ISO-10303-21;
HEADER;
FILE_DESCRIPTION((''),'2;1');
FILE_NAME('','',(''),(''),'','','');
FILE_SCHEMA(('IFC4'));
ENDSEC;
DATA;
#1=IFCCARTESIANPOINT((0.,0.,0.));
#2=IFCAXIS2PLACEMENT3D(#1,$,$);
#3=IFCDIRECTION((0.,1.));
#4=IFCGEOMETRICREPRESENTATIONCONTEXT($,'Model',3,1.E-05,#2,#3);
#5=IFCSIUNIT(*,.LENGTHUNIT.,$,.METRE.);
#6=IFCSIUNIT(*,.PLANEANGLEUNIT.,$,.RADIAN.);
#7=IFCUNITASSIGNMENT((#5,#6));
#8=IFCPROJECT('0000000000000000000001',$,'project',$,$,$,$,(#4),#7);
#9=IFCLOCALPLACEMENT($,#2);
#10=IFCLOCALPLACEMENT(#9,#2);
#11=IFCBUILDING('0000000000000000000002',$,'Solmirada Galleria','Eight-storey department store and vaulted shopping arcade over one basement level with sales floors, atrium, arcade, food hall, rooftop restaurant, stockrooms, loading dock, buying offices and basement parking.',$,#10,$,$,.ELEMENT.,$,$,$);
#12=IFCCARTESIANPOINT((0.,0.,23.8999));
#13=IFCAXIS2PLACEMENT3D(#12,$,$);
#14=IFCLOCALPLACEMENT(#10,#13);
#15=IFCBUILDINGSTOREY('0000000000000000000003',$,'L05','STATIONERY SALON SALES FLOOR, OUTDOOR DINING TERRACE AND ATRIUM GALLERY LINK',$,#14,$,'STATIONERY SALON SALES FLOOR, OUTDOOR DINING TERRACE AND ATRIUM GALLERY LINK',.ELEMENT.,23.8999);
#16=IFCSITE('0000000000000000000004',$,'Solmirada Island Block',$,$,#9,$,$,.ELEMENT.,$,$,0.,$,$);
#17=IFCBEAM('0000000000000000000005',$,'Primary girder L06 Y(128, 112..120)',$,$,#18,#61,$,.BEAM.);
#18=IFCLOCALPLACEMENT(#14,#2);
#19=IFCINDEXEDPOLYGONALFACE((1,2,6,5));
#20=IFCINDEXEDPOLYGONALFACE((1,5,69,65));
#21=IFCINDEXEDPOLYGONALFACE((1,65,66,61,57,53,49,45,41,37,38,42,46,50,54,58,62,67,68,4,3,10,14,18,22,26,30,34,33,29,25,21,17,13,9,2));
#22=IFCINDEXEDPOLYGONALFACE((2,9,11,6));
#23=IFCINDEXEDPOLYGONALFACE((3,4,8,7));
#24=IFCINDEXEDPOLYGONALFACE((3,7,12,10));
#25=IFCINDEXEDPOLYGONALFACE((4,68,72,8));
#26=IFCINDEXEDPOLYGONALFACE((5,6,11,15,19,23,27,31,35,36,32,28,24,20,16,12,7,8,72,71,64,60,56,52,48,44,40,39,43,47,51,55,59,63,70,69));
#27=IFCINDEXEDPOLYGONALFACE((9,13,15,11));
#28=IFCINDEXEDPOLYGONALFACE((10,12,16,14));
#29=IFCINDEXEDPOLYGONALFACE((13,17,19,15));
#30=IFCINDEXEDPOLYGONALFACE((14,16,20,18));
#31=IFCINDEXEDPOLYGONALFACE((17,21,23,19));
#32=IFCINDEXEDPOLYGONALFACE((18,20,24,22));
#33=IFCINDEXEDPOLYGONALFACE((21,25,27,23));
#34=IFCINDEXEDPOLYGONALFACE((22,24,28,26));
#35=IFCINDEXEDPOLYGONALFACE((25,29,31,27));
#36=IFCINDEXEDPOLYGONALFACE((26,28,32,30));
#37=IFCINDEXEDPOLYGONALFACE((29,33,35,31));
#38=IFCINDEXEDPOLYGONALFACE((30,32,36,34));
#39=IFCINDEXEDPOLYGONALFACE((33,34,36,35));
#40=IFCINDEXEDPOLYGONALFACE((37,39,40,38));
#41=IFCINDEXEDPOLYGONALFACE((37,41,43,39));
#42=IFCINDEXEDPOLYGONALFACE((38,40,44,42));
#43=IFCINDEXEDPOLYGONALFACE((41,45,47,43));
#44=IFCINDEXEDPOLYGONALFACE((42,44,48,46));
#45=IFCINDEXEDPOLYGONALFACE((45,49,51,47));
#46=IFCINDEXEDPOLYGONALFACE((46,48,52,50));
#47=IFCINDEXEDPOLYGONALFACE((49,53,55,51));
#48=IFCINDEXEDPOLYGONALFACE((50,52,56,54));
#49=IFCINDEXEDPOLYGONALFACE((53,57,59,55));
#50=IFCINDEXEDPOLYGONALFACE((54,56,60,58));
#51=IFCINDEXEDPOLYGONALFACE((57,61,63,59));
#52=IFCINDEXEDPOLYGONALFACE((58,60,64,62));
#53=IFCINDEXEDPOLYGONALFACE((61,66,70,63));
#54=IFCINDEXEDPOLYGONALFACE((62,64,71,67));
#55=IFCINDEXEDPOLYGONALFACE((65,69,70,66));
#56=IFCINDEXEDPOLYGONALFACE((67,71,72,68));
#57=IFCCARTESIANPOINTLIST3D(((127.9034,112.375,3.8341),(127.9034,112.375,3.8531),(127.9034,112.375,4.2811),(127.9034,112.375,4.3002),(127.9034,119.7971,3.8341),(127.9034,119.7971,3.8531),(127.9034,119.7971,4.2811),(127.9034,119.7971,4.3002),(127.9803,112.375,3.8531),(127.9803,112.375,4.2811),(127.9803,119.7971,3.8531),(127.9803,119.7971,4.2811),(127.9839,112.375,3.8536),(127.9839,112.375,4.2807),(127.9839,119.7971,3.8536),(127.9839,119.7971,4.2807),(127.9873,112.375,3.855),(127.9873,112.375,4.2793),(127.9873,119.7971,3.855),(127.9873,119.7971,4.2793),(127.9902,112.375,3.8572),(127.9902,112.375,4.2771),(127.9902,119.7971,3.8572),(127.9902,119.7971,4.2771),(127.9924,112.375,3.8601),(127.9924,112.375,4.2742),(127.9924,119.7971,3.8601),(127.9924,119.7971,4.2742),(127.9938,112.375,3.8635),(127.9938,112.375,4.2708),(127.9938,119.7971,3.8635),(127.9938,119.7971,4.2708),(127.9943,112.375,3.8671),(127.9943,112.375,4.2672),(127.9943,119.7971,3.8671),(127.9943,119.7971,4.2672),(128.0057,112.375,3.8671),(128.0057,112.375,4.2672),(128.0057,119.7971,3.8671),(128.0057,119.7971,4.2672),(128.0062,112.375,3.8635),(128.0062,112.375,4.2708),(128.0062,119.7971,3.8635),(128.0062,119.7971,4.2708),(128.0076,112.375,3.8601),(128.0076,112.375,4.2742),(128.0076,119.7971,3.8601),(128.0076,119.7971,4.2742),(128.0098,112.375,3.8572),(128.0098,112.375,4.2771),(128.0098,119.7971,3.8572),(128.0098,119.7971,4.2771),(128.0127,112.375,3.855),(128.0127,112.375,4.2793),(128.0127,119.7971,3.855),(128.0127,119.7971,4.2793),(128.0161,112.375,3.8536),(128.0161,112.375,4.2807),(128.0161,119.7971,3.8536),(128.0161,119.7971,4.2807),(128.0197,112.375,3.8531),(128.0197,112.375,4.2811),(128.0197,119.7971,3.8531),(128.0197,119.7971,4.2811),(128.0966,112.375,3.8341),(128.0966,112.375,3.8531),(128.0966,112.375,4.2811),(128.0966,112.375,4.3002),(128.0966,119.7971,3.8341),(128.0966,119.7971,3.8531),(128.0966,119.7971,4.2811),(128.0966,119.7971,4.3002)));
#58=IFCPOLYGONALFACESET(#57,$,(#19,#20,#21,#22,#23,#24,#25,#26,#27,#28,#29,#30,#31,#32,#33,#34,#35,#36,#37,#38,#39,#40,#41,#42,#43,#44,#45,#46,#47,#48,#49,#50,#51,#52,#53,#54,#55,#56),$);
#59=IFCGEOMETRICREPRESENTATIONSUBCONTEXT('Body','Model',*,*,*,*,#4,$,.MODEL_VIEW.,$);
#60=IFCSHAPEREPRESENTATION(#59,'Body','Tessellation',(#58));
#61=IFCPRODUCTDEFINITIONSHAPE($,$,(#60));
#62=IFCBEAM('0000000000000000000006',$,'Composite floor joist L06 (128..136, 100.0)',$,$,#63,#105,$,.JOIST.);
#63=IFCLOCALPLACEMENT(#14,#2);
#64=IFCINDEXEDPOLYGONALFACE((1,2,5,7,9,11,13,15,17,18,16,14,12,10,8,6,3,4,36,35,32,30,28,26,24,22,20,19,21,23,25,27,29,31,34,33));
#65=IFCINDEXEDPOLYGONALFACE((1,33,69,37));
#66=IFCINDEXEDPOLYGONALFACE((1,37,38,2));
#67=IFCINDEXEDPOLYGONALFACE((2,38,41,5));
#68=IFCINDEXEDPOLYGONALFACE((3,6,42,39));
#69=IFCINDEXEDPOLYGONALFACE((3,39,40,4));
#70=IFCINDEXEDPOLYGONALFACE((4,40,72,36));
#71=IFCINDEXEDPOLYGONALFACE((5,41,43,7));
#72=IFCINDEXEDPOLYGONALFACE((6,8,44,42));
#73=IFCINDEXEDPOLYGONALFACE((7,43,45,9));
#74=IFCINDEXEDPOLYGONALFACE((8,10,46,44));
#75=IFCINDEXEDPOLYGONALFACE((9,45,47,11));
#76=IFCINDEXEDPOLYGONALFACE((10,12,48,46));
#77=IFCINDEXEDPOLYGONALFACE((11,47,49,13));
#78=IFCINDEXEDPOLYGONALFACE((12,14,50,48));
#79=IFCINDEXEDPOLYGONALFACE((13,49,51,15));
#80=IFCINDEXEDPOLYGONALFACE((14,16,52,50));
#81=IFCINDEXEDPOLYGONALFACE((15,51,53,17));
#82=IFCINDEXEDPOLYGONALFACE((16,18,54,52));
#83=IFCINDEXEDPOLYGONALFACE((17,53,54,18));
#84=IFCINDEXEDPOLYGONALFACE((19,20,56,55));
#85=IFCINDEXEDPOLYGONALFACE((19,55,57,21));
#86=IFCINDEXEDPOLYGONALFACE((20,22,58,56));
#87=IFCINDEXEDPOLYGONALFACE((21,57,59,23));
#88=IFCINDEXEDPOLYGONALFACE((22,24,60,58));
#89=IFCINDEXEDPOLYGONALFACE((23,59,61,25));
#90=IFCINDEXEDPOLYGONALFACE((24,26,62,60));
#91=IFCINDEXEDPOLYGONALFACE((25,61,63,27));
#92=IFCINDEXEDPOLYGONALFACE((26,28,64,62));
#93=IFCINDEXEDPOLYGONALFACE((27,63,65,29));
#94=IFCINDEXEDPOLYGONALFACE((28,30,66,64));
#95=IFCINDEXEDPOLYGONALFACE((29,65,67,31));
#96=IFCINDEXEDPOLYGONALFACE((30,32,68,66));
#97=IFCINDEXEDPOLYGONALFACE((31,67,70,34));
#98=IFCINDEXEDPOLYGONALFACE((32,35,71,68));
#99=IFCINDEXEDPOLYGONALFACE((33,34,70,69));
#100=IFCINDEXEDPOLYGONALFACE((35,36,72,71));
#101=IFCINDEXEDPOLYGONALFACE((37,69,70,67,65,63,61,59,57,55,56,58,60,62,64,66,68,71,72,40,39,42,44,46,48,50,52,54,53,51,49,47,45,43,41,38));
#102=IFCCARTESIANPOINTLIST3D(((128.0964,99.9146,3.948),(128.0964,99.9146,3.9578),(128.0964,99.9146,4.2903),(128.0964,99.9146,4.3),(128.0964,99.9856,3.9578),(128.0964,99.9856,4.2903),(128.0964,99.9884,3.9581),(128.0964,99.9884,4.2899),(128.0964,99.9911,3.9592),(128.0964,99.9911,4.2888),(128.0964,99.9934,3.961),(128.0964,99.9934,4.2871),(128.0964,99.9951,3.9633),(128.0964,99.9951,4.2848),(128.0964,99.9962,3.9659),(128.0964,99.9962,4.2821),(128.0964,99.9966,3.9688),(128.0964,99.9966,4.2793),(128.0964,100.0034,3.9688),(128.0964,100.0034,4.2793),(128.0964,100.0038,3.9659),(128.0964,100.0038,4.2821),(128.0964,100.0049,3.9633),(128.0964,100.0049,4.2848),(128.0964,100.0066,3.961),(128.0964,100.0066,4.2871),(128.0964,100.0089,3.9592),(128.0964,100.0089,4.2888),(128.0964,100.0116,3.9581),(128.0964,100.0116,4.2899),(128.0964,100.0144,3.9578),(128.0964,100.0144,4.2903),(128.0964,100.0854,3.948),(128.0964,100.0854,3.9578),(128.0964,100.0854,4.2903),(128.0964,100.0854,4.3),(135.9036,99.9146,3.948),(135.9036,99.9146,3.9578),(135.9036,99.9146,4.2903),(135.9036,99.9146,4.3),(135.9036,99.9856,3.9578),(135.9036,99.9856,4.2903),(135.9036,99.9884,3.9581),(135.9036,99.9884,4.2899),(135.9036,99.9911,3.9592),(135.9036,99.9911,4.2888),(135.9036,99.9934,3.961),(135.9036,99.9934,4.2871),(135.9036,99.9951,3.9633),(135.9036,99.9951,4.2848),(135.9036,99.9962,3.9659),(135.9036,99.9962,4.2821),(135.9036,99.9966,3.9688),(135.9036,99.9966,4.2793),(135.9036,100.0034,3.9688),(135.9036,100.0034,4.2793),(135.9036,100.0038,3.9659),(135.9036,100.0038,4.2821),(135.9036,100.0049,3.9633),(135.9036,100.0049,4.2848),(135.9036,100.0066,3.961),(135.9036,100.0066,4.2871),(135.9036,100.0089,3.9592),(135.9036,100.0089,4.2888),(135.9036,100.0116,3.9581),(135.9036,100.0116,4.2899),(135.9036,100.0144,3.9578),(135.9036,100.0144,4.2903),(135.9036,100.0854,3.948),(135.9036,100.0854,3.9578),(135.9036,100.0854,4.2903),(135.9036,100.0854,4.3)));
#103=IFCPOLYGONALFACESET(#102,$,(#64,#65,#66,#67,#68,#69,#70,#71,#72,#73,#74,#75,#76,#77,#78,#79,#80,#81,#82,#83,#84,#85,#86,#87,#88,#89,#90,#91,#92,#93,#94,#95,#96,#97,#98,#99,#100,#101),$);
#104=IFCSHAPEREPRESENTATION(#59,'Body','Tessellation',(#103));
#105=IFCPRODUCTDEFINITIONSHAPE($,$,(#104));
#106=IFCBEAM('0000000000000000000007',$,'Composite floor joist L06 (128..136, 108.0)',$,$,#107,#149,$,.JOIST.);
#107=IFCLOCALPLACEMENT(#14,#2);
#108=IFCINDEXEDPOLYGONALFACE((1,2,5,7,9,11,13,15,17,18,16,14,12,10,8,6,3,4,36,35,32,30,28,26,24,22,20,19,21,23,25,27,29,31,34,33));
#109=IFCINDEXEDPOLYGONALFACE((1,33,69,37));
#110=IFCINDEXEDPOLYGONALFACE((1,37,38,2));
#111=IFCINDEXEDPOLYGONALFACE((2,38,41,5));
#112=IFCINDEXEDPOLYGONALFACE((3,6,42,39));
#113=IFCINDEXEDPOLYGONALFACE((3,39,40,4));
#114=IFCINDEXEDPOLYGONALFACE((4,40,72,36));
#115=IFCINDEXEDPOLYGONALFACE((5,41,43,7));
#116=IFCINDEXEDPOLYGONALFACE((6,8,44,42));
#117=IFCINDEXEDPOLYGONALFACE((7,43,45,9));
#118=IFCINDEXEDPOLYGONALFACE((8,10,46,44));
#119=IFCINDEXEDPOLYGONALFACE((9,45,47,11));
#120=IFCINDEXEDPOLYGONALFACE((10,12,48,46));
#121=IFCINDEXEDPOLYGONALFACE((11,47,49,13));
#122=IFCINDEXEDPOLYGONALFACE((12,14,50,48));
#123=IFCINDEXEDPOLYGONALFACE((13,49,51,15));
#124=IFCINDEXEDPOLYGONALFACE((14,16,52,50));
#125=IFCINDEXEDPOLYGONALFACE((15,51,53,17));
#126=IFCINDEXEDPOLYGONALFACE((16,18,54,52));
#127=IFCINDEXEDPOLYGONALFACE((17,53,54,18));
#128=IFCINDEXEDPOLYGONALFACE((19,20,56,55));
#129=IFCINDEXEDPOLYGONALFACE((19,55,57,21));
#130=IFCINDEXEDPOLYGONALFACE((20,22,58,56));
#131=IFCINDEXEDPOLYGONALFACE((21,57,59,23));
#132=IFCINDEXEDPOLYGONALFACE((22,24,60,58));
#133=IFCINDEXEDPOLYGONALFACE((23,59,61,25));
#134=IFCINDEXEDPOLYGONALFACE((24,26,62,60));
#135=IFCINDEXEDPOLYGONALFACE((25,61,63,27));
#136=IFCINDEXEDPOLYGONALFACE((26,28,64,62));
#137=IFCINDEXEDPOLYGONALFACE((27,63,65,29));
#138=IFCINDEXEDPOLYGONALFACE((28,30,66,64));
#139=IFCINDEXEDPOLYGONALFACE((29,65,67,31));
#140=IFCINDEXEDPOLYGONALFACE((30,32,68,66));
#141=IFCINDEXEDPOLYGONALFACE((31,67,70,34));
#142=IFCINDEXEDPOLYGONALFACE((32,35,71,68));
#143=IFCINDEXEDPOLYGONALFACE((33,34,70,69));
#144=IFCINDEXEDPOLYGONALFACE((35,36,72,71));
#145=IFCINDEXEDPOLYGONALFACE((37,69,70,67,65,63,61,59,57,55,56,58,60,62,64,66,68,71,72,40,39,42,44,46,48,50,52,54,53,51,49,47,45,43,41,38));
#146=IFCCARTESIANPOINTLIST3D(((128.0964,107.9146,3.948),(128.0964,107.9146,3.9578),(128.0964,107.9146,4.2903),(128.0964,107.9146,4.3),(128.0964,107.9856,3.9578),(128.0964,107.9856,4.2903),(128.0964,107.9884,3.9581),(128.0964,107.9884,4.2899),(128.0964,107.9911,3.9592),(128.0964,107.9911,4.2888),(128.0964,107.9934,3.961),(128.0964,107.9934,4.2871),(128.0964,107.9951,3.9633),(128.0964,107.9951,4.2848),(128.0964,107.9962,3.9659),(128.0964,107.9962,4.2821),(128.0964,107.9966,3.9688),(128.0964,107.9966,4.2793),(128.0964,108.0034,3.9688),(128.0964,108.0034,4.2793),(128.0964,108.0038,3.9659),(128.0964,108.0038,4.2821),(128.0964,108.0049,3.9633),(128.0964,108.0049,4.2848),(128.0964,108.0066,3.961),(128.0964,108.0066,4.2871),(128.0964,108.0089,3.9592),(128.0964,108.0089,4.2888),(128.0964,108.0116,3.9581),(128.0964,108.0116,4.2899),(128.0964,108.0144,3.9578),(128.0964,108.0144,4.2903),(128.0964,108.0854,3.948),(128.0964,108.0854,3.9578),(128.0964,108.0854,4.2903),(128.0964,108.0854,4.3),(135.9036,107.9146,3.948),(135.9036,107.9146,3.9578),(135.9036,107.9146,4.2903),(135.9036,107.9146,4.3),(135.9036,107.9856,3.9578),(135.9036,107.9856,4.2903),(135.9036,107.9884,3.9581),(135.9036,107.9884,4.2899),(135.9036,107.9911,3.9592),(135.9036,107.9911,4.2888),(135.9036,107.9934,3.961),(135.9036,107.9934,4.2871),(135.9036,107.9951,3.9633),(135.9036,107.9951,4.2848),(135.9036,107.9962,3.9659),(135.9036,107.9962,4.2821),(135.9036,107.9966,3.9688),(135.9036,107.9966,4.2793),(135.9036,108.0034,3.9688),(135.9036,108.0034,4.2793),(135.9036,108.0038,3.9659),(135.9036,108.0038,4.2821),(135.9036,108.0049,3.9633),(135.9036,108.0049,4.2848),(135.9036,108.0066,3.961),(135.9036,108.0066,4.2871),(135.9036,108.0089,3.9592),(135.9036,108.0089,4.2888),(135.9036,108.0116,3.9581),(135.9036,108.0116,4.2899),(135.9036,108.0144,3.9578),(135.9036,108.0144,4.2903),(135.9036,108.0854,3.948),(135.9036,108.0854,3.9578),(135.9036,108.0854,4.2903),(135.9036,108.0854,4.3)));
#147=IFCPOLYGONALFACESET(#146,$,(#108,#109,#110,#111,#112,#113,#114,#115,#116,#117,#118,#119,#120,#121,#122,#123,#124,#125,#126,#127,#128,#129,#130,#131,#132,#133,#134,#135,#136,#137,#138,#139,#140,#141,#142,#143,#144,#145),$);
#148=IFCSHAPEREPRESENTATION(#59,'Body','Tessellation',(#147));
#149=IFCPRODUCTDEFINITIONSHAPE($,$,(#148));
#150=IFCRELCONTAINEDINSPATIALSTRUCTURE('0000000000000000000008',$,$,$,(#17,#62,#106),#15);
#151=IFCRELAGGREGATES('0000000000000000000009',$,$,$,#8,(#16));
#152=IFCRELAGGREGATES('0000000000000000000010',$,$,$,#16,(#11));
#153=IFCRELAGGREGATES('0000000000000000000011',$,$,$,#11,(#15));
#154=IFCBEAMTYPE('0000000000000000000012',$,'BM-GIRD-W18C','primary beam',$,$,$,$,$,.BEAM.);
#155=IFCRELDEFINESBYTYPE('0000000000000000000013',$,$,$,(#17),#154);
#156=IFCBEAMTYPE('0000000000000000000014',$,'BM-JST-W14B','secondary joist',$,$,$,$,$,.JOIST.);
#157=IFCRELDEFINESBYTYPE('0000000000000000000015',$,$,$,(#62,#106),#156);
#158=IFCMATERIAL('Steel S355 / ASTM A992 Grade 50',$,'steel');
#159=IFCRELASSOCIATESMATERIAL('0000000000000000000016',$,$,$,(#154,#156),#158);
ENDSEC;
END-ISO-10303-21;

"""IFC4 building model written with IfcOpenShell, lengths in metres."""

from ifc_helpers import new_model, si_unit, direction, frame, origin, origin_2d, place, context, subcontext, project, spatial, i_section, extrude, material, material_profile, profile_set, type_object, element, save


model = new_model("IFC4")

# Units and contexts
model_context = context("Model", 3, precision=1e-05, world=origin(), true_north=direction((0.0, 1.0)))
body_context = subcontext(model_context, "Body", "Model", "MODEL_VIEW")
ifc_project = project(units=[si_unit("LENGTHUNIT", "METRE"), si_unit("PLANEANGLEUNIT", "RADIAN")], contexts=[model_context])

# Site, building, storey
site_placement = place(None, origin())
site = spatial("IfcSite", under=ifc_project, at=site_placement, Name="Solmirada Island Block", CompositionType="ELEMENT", RefElevation=0.0)
building_placement = place(site_placement, origin())
building = spatial("IfcBuilding", under=site, at=building_placement, Name="Solmirada Galleria", Description="Eight-storey department store and vaulted shopping arcade over one basement level with sales floors, atrium, arcade, food hall, rooftop restaurant, stockrooms, loading dock, buying offices and basement parking.", CompositionType="ELEMENT")
storey_placement = place(building_placement, frame((0.0, 0.0, 23.8999)))
storey = spatial("IfcBuildingStorey", under=building, at=storey_placement, Name="L05", Description="STATIONERY SALON SALES FLOOR, OUTDOOR DINING TERRACE AND ATRIUM GALLERY LINK", LongName="STATIONERY SALON SALES FLOOR, OUTDOOR DINING TERRACE AND ATRIUM GALLERY LINK", CompositionType="ELEMENT", Elevation=23.8999)

# Beams
ifc_material_1 = material(Name="Steel S355 / ASTM A992 Grade 50", Category="steel")
ifc_material_profile_1 = material_profile(ifc_material_1, i_section(OverallWidth=0.1931, OverallDepth=0.4661, WebThickness=0.0115, FlangeThickness=0.019, FilletRadius=0.0139, at=origin_2d()), Name="W18X65")
ifc_profile_set_1 = profile_set([ifc_material_profile_1], Name="Steel S355 / ASTM A992 Grade 50")
beam_type_1 = type_object("IfcBeamType", Name="BM-GIRD-W18C", Description="primary beam", PredefinedType="BEAM", material=ifc_profile_set_1)
beam_1_placement = place(storey_placement, frame((128.0, 112.375, 4.0671), z_axis=(0.0, 1.0, 0.0), x_axis=(-1.0, 0.0, 0.0)))
element("IfcBeam", 1, at=beam_1_placement, inside=storey, type_object=beam_type_1, Name="Primary girder L06 Y(128, 112..120)", PredefinedType="BEAM", context=body_context, shape_type="SweptSolid", body=[
    extrude(i_section(OverallWidth=0.1931, OverallDepth=0.4661, WebThickness=0.0115, FlangeThickness=0.019, FilletRadius=0.0139, at=origin_2d()), origin(), (0.0, 0.0, 1.0), 7.4221),
])
ifc_material_profile_2 = material_profile(ifc_material_1, i_section(OverallWidth=0.1709, OverallDepth=0.3521, WebThickness=0.0068, FlangeThickness=0.0098, FilletRadius=0.011, at=origin_2d()), Name="W14X30")
ifc_profile_set_2 = profile_set([ifc_material_profile_2], Name="Steel S355 / ASTM A992 Grade 50")
beam_type_2 = type_object("IfcBeamType", Name="BM-JST-W14B", Description="secondary joist", PredefinedType="JOIST", material=ifc_profile_set_2)
for number, where, z_axis, x_axis, name in (
    (2, (128.0964, 100.0, 4.124), (1.0, 0.0, 0.0), (0.0, 1.0, 0.0), "Composite floor joist L06 (128..136, 100.0)"),
    (3, (128.0964, 108.0, 4.124), (1.0, 0.0, 0.0), (0.0, 1.0, 0.0), "Composite floor joist L06 (128..136, 108.0)"),
):
    element("IfcBeam", number, at=place(storey_placement, frame(where, z_axis=z_axis, x_axis=x_axis)), inside=storey, type_object=beam_type_2, Name=name, PredefinedType="JOIST", context=body_context, shape_type="SweptSolid", body=[
        extrude(i_section(OverallWidth=0.1709, OverallDepth=0.3521, WebThickness=0.0068, FlangeThickness=0.0098, FilletRadius=0.011, at=origin_2d()), origin(), (0.0, 0.0, 1.0), 7.8071),
    ])

save(model, "model.ifc")
